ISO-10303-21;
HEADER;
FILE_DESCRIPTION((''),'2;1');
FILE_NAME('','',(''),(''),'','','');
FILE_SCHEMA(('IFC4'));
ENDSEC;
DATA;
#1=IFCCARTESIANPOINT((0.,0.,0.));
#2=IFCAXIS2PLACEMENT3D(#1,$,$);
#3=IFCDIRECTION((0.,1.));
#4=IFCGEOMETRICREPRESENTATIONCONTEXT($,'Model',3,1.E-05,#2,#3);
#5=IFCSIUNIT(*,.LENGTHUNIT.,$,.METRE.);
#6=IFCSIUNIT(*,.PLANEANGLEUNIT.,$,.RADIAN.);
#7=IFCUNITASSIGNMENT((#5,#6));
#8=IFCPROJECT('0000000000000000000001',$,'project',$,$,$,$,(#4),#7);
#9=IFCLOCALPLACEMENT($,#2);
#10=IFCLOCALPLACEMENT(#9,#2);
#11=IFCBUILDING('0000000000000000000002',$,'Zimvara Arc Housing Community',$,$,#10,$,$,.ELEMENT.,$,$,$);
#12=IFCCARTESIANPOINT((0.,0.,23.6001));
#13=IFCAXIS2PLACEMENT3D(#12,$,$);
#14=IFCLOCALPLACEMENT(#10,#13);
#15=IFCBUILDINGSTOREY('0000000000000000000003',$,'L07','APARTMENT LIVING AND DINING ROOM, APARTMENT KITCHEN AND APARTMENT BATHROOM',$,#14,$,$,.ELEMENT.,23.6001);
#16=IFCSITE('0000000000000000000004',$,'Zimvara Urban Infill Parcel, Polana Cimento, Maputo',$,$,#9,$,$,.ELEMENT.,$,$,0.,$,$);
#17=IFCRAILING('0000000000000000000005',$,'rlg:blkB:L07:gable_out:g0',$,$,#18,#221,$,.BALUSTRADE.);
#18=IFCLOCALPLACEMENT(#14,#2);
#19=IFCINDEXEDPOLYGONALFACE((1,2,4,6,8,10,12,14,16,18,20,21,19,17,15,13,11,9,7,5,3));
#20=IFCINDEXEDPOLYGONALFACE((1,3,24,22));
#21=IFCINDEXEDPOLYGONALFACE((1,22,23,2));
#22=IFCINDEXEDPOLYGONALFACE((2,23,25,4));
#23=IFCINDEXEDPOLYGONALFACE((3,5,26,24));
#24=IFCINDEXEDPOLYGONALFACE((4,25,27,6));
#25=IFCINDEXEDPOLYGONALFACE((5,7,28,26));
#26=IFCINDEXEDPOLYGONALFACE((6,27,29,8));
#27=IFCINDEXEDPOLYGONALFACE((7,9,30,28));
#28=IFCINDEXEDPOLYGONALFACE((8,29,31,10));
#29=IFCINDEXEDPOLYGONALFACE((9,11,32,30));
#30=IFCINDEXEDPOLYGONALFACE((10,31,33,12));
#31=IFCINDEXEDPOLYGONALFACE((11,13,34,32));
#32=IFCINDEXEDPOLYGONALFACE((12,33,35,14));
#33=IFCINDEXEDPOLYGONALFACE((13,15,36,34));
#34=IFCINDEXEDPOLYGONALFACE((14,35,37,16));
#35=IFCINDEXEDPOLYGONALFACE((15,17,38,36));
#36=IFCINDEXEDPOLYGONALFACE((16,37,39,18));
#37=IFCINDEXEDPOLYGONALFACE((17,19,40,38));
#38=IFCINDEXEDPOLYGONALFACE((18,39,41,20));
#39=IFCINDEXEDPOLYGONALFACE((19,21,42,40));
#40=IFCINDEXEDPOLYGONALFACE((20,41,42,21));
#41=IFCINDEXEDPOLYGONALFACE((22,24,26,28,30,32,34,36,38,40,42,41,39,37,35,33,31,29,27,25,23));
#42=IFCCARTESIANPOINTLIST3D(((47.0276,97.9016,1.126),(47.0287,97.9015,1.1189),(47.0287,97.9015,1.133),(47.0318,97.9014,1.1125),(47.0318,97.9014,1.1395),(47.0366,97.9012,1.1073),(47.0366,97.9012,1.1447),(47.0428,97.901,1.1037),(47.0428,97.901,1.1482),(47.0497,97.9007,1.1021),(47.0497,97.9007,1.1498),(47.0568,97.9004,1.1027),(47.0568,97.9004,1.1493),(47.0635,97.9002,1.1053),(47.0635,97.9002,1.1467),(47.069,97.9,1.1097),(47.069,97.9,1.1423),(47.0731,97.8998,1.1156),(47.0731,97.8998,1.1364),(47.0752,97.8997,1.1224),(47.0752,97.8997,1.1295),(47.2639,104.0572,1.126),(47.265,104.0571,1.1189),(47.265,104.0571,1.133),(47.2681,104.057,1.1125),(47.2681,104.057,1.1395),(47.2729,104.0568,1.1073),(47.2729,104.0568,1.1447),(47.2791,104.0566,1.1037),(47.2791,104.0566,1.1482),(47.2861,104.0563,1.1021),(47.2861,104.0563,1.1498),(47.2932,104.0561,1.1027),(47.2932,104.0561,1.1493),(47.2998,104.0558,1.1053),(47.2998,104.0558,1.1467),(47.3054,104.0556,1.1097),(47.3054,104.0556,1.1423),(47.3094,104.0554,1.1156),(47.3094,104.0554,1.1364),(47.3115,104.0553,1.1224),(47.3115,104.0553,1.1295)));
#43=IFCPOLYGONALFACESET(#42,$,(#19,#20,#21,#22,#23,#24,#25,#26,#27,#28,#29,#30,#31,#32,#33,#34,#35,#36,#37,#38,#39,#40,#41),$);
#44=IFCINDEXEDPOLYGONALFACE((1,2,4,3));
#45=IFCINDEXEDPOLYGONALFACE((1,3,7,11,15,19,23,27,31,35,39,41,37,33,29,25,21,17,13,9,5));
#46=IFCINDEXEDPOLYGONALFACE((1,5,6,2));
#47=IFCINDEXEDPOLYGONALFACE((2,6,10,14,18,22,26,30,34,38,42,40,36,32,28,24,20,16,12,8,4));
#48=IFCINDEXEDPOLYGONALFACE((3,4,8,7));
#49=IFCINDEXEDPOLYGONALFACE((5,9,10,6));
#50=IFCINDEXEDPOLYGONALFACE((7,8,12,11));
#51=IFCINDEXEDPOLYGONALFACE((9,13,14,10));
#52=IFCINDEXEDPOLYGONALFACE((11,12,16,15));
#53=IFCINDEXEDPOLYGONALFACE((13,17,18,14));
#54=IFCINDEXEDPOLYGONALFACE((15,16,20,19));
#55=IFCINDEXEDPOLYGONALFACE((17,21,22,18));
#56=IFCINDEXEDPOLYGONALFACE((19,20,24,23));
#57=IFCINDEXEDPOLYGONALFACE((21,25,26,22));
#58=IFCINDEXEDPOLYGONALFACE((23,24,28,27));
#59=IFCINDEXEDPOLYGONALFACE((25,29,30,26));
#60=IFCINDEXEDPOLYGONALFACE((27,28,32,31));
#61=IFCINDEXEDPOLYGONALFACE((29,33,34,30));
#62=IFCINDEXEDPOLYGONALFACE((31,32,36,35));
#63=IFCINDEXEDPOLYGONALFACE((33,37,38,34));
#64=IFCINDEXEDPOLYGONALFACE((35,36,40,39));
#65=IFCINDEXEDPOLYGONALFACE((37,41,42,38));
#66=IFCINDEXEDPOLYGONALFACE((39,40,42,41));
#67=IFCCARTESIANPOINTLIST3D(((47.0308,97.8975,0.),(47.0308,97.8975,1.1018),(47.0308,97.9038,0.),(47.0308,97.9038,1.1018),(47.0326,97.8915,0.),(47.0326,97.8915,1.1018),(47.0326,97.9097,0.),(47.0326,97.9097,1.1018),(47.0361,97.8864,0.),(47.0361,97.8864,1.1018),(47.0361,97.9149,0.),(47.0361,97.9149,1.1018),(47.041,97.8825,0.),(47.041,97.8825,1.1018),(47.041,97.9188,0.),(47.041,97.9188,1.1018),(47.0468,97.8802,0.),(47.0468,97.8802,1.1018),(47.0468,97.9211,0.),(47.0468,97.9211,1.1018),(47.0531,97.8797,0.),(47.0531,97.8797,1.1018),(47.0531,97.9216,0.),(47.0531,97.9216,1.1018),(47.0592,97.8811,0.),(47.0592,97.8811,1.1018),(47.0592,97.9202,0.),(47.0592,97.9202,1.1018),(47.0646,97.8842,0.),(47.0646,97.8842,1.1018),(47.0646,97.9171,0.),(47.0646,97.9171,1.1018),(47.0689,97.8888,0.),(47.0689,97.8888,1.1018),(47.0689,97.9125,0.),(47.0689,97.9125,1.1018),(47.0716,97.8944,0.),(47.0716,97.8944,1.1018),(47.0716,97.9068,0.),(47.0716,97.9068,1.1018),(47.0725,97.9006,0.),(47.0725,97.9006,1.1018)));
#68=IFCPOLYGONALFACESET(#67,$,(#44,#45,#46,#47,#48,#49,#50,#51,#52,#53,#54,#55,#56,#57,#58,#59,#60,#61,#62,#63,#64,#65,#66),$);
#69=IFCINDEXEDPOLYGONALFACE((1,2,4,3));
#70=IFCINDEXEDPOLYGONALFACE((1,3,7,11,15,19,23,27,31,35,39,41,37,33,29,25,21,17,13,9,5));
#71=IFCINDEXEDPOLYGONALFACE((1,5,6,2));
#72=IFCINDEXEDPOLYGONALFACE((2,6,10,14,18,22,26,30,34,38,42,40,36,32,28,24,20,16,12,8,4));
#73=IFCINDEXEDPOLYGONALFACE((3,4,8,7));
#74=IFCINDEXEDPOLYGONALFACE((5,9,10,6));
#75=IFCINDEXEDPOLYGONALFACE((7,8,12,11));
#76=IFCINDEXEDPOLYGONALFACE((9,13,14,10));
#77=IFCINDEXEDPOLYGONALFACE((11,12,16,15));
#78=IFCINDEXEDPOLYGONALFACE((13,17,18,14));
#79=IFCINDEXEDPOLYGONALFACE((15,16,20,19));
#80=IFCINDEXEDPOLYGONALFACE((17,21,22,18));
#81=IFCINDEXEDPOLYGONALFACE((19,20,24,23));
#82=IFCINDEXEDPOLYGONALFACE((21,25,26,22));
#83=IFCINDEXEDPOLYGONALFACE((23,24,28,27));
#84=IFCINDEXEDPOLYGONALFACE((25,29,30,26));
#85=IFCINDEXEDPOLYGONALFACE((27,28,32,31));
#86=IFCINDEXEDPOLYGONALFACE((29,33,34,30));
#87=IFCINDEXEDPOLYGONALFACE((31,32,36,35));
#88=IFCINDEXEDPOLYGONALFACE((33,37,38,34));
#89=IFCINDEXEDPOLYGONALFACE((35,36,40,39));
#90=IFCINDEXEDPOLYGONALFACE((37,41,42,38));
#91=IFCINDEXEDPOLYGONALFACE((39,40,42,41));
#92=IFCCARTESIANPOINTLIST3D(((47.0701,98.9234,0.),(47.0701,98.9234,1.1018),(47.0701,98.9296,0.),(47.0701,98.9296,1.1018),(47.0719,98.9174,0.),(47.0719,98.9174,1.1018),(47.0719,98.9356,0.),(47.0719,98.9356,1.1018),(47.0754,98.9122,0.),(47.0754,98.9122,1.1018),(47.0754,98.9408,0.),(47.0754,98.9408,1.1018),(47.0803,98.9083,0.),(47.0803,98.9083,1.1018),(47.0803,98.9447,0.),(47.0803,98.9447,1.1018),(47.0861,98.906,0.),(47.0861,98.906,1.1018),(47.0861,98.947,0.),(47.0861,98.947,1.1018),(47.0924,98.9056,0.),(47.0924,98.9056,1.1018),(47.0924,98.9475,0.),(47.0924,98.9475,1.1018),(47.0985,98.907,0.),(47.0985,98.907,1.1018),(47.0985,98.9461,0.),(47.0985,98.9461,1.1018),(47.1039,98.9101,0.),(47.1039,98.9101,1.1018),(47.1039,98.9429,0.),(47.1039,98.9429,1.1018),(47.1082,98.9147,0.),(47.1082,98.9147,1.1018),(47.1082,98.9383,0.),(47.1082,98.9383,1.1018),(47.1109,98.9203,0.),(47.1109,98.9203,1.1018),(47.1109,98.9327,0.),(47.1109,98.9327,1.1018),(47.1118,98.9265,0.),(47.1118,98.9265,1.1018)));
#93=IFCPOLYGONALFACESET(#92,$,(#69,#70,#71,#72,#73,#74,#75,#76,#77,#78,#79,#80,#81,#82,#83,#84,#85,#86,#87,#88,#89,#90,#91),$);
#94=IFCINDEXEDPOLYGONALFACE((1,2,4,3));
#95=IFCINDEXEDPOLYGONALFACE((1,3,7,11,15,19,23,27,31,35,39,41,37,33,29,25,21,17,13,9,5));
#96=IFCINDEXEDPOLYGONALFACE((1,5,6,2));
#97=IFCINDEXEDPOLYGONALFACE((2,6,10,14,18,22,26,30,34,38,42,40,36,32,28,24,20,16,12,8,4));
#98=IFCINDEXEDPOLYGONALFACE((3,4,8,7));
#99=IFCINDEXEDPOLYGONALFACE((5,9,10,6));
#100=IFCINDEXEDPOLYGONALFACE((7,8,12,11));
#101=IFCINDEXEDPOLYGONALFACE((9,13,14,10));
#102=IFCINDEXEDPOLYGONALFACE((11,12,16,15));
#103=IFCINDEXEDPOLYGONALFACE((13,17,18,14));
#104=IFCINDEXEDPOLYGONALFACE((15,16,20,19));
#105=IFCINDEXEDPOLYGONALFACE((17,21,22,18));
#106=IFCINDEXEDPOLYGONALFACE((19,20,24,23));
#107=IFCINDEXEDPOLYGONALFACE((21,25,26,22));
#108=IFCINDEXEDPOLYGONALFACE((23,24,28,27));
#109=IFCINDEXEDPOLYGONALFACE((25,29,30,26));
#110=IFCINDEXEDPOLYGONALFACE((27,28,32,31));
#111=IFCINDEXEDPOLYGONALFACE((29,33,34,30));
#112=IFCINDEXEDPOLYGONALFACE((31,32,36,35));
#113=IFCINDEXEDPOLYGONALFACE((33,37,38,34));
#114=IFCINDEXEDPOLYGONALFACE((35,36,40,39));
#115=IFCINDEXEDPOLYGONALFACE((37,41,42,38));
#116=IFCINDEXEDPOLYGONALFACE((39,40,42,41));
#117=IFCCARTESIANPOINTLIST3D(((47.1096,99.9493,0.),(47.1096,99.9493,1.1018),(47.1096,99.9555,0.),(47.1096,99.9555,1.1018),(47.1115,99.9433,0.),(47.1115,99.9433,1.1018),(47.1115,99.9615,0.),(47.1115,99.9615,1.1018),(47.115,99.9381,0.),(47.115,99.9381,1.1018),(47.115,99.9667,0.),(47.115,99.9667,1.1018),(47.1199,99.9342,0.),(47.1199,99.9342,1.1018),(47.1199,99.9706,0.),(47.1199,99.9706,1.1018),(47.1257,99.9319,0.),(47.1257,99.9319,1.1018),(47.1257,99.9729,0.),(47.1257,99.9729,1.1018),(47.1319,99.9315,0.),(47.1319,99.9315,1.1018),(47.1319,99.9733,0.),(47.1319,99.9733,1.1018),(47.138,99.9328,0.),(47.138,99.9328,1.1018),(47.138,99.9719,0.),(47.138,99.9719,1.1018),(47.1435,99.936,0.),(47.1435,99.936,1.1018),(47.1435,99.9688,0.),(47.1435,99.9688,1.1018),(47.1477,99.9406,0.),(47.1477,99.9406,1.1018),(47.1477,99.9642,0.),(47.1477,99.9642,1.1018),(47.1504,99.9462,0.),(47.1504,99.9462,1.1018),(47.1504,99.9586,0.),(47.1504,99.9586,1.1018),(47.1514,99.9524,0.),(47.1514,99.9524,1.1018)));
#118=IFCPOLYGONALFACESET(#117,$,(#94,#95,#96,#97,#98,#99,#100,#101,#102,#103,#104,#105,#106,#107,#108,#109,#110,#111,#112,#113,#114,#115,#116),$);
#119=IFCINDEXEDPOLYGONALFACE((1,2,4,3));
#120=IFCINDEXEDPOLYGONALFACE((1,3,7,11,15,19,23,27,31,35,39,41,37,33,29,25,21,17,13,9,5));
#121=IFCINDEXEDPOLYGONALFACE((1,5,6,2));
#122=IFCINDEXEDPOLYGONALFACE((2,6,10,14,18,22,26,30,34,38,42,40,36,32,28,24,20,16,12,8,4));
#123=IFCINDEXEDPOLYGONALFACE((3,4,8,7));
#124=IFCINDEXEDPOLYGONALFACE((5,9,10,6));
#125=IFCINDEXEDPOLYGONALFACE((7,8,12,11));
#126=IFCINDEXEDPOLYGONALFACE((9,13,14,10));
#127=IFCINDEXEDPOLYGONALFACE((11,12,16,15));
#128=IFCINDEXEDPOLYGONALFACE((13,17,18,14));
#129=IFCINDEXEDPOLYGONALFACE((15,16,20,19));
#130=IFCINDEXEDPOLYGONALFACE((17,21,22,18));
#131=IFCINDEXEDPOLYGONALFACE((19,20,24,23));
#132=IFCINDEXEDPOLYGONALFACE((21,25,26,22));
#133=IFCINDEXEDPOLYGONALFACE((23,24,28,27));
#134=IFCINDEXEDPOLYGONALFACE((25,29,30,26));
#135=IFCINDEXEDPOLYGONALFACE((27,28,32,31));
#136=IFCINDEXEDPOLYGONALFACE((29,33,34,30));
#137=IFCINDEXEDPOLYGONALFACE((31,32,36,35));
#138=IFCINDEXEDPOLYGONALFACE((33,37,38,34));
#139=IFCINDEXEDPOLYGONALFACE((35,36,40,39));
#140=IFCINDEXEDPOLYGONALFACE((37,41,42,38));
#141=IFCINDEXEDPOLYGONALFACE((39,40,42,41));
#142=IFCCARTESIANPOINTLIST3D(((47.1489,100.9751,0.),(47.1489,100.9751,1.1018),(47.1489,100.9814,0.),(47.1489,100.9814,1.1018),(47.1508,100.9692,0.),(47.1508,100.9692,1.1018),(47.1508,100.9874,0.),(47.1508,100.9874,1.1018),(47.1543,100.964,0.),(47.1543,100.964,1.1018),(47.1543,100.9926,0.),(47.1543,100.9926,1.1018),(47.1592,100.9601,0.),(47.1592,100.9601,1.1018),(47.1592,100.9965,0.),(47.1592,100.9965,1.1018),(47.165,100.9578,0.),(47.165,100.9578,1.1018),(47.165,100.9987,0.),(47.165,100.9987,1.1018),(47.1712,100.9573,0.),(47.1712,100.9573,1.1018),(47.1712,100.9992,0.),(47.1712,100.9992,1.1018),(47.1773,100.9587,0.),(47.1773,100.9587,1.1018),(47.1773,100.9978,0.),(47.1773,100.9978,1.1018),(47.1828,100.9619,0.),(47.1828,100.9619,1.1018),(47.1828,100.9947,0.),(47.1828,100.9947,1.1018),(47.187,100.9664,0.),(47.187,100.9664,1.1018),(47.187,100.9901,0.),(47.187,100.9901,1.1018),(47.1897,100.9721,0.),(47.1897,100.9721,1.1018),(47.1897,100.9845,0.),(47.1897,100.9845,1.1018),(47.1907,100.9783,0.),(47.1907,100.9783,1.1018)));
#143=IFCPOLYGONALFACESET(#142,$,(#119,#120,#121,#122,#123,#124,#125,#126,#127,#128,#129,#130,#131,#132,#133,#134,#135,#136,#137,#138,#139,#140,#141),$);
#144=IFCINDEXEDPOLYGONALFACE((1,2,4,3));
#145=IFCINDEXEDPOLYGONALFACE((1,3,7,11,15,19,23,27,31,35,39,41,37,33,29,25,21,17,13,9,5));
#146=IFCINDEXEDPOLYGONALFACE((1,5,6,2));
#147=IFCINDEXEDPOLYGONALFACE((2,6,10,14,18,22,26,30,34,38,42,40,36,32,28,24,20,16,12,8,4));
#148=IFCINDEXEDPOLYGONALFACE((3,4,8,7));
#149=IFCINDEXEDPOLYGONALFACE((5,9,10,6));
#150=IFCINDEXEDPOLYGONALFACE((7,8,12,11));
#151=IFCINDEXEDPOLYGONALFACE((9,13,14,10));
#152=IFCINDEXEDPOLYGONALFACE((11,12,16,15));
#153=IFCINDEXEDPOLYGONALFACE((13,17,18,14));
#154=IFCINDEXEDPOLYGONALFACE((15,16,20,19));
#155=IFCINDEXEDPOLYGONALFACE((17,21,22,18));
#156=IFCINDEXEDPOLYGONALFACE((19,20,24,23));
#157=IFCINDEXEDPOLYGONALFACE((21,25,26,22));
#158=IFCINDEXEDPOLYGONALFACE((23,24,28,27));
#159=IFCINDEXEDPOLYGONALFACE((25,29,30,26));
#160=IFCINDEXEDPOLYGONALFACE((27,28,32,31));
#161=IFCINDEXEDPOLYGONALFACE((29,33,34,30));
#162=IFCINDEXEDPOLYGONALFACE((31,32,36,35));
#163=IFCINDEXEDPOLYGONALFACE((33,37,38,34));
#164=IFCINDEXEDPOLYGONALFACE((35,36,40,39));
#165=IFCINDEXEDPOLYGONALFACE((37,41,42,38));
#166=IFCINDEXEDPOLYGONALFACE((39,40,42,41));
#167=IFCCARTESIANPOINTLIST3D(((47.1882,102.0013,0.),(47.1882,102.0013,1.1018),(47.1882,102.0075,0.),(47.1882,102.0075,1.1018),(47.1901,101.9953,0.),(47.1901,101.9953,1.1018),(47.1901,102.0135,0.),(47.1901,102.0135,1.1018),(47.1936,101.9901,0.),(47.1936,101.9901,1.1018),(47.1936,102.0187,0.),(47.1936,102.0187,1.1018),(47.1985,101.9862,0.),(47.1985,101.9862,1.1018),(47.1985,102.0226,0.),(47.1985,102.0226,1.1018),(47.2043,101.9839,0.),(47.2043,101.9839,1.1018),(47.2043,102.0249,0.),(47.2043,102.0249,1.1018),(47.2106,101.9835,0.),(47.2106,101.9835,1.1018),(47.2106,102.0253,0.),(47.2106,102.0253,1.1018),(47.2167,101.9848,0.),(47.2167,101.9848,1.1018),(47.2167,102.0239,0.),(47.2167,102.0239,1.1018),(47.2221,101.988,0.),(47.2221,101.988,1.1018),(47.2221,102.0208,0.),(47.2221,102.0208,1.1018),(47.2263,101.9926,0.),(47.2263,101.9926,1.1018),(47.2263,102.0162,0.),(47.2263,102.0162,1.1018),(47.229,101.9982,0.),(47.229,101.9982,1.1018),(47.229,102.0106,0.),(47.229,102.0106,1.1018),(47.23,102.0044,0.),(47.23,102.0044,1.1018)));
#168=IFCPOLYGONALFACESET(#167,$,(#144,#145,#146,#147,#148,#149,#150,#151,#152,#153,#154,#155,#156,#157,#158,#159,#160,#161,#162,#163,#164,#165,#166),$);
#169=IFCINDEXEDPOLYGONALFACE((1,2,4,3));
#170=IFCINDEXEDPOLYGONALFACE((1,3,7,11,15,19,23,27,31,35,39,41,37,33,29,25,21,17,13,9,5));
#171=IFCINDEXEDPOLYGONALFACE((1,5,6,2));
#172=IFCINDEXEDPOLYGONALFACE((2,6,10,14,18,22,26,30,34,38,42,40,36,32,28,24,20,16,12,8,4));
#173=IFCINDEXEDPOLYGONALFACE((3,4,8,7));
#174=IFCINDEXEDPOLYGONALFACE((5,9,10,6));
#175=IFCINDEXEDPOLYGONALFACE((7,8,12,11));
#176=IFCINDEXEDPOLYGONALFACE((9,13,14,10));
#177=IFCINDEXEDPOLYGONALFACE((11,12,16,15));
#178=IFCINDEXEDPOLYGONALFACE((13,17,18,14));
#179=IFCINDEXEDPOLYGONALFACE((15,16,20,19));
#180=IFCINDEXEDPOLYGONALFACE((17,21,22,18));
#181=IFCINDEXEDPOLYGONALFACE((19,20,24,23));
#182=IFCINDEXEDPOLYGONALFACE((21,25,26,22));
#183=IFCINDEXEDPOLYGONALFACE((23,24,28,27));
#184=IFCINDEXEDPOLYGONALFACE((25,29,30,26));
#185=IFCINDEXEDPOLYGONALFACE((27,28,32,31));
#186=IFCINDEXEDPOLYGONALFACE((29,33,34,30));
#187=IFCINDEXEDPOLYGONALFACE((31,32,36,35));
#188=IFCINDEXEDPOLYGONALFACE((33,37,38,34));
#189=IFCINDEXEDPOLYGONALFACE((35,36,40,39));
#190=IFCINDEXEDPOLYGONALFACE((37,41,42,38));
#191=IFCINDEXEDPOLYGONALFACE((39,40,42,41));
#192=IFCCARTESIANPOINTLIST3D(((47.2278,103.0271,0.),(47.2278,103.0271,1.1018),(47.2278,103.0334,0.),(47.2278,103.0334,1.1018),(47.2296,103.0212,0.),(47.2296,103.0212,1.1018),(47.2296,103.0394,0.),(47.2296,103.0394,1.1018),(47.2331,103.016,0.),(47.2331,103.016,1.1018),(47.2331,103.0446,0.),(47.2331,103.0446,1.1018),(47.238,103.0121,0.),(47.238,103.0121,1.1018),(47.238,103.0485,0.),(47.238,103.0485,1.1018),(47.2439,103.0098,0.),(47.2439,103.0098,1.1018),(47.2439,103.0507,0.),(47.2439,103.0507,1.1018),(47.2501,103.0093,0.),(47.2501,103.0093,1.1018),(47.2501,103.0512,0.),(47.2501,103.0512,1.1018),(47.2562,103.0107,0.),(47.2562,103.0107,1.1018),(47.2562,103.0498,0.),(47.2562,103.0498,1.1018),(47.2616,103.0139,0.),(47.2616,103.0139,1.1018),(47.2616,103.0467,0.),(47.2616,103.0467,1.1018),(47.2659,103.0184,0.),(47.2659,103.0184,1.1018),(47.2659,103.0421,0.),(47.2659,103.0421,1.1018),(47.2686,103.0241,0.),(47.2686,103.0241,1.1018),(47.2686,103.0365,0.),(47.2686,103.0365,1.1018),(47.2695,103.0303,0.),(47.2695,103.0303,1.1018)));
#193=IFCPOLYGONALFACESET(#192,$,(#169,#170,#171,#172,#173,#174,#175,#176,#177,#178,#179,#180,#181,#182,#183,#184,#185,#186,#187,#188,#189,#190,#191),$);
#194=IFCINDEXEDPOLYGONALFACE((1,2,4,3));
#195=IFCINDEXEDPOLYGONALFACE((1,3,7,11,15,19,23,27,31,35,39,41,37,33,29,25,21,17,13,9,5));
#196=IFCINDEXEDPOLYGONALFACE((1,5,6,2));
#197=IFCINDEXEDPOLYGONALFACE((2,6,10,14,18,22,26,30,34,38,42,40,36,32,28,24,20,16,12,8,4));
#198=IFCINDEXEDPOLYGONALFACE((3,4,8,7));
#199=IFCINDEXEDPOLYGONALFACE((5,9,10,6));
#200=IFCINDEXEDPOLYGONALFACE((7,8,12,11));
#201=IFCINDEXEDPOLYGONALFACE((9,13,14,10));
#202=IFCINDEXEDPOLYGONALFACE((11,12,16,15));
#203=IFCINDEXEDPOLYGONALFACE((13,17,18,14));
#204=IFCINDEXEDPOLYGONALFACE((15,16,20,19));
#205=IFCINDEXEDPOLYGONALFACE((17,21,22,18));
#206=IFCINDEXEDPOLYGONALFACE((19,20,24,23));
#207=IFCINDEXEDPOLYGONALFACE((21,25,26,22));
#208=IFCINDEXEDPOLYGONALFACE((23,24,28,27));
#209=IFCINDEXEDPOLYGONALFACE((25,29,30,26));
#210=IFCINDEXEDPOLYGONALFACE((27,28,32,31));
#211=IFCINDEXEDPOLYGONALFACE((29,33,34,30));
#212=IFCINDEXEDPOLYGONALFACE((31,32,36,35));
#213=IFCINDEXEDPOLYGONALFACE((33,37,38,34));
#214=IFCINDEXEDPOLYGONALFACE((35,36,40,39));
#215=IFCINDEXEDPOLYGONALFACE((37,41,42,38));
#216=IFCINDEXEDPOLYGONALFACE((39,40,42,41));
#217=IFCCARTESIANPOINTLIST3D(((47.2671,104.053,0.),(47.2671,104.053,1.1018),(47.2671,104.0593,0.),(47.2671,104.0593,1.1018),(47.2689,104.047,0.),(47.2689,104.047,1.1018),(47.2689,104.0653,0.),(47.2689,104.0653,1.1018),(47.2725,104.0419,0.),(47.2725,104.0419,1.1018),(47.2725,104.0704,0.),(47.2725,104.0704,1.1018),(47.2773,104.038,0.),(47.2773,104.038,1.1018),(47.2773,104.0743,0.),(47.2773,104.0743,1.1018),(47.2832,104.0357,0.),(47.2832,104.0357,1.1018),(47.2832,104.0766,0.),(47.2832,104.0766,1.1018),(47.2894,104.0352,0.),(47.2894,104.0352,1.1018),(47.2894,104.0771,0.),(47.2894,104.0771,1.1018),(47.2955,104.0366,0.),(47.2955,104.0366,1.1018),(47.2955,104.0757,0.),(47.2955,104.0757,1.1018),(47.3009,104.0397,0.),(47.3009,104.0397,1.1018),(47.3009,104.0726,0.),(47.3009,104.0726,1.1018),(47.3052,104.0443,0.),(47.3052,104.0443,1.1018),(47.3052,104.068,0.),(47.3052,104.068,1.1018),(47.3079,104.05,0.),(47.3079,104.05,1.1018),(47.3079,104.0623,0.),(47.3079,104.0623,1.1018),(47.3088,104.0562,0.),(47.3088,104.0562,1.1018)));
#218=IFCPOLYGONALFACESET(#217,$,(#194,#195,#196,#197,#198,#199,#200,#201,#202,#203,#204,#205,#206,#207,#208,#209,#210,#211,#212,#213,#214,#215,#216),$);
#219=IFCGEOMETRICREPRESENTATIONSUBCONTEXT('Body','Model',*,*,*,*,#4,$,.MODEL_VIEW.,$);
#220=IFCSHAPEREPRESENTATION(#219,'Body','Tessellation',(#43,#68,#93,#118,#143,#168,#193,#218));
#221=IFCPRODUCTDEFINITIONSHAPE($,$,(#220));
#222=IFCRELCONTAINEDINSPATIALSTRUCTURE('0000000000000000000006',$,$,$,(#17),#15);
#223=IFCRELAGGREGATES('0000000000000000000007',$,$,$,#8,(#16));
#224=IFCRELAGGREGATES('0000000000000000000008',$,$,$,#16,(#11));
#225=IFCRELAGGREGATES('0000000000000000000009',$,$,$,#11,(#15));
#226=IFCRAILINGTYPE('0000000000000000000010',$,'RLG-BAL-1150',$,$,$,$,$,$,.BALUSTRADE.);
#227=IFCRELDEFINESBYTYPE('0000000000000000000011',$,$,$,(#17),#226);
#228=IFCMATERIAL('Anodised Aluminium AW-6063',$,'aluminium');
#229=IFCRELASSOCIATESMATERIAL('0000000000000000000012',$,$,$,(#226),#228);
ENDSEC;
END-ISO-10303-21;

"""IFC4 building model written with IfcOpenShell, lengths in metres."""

from ifc_helpers import new_model, si_unit, direction, frame, origin, origin_2d, place, context, subcontext, project, spatial, circle, extrude, material, type_object, element, save


model = new_model("IFC4")

# Units and contexts
model_context = context("Model", 3, precision=1e-05, world=origin(), true_north=direction((0.0, 1.0)))
body_context = subcontext(model_context, "Body", "Model", "MODEL_VIEW")
ifc_project = project(units=[si_unit("LENGTHUNIT", "METRE"), si_unit("PLANEANGLEUNIT", "RADIAN")], contexts=[model_context])

# Site, building, storey
site_placement = place(None, origin())
site = spatial("IfcSite", under=ifc_project, at=site_placement, Name="Zimvara Urban Infill Parcel, Polana Cimento, Maputo", CompositionType="ELEMENT", RefElevation=0.0)
building_placement = place(site_placement, origin())
building = spatial("IfcBuilding", under=site, at=building_placement, Name="Zimvara Arc Housing Community", CompositionType="ELEMENT")
storey_placement = place(building_placement, frame((0.0, 0.0, 23.6001)))
storey = spatial("IfcBuildingStorey", under=building, at=storey_placement, Name="L07", Description="APARTMENT LIVING AND DINING ROOM, APARTMENT KITCHEN AND APARTMENT BATHROOM", CompositionType="ELEMENT", Elevation=23.6001)

# Railing
ifc_material_1 = material(Name="Anodised Aluminium AW-6063", Category="aluminium")
railing_type = type_object("IfcRailingType", Name="RLG-BAL-1150", PredefinedType="BALUSTRADE", material=ifc_material_1)
railing_1_placement = place(storey_placement, frame((47.0515, 97.9006, 0.0)))
element("IfcRailing", 1, at=railing_1_placement, inside=storey, type_object=railing_type, Name="rlg:blkB:L07:gable_out:g0", PredefinedType="BALUSTRADE", context=body_context, shape_type="SweptSolid", body=[
    extrude(circle(Radius=0.0239, at=origin_2d()), frame((0.0, 0.0, 1.126), z_axis=(0.038365, 0.999264, 0.0), x_axis=(-0.999264, 0.038365, 0.0)), (0.0, 0.0, 1.0), 6.1602),
    extrude(circle(Radius=0.021, at=origin_2d()), origin(), (0.0, 0.0, 1.0), 1.1018),
    extrude(circle(Radius=0.021, at=origin_2d()), frame((0.0393, 1.0259, 0.0)), (0.0, 0.0, 1.0), 1.1018),
    extrude(circle(Radius=0.021, at=origin_2d()), frame((0.0789, 2.0518, 0.0)), (0.0, 0.0, 1.0), 1.1018),
    extrude(circle(Radius=0.021, at=origin_2d()), frame((0.1182, 3.0776, 0.0)), (0.0, 0.0, 1.0), 1.1018),
    extrude(circle(Radius=0.021, at=origin_2d()), frame((0.1575, 4.1038, 0.0)), (0.0, 0.0, 1.0), 1.1018),
    extrude(circle(Radius=0.021, at=origin_2d()), frame((0.197, 5.1296, 0.0)), (0.0, 0.0, 1.0), 1.1018),
    extrude(circle(Radius=0.021, at=origin_2d()), frame((0.2363, 6.1555, 0.0)), (0.0, 0.0, 1.0), 1.1018),
])

save(model, "model.ifc")
